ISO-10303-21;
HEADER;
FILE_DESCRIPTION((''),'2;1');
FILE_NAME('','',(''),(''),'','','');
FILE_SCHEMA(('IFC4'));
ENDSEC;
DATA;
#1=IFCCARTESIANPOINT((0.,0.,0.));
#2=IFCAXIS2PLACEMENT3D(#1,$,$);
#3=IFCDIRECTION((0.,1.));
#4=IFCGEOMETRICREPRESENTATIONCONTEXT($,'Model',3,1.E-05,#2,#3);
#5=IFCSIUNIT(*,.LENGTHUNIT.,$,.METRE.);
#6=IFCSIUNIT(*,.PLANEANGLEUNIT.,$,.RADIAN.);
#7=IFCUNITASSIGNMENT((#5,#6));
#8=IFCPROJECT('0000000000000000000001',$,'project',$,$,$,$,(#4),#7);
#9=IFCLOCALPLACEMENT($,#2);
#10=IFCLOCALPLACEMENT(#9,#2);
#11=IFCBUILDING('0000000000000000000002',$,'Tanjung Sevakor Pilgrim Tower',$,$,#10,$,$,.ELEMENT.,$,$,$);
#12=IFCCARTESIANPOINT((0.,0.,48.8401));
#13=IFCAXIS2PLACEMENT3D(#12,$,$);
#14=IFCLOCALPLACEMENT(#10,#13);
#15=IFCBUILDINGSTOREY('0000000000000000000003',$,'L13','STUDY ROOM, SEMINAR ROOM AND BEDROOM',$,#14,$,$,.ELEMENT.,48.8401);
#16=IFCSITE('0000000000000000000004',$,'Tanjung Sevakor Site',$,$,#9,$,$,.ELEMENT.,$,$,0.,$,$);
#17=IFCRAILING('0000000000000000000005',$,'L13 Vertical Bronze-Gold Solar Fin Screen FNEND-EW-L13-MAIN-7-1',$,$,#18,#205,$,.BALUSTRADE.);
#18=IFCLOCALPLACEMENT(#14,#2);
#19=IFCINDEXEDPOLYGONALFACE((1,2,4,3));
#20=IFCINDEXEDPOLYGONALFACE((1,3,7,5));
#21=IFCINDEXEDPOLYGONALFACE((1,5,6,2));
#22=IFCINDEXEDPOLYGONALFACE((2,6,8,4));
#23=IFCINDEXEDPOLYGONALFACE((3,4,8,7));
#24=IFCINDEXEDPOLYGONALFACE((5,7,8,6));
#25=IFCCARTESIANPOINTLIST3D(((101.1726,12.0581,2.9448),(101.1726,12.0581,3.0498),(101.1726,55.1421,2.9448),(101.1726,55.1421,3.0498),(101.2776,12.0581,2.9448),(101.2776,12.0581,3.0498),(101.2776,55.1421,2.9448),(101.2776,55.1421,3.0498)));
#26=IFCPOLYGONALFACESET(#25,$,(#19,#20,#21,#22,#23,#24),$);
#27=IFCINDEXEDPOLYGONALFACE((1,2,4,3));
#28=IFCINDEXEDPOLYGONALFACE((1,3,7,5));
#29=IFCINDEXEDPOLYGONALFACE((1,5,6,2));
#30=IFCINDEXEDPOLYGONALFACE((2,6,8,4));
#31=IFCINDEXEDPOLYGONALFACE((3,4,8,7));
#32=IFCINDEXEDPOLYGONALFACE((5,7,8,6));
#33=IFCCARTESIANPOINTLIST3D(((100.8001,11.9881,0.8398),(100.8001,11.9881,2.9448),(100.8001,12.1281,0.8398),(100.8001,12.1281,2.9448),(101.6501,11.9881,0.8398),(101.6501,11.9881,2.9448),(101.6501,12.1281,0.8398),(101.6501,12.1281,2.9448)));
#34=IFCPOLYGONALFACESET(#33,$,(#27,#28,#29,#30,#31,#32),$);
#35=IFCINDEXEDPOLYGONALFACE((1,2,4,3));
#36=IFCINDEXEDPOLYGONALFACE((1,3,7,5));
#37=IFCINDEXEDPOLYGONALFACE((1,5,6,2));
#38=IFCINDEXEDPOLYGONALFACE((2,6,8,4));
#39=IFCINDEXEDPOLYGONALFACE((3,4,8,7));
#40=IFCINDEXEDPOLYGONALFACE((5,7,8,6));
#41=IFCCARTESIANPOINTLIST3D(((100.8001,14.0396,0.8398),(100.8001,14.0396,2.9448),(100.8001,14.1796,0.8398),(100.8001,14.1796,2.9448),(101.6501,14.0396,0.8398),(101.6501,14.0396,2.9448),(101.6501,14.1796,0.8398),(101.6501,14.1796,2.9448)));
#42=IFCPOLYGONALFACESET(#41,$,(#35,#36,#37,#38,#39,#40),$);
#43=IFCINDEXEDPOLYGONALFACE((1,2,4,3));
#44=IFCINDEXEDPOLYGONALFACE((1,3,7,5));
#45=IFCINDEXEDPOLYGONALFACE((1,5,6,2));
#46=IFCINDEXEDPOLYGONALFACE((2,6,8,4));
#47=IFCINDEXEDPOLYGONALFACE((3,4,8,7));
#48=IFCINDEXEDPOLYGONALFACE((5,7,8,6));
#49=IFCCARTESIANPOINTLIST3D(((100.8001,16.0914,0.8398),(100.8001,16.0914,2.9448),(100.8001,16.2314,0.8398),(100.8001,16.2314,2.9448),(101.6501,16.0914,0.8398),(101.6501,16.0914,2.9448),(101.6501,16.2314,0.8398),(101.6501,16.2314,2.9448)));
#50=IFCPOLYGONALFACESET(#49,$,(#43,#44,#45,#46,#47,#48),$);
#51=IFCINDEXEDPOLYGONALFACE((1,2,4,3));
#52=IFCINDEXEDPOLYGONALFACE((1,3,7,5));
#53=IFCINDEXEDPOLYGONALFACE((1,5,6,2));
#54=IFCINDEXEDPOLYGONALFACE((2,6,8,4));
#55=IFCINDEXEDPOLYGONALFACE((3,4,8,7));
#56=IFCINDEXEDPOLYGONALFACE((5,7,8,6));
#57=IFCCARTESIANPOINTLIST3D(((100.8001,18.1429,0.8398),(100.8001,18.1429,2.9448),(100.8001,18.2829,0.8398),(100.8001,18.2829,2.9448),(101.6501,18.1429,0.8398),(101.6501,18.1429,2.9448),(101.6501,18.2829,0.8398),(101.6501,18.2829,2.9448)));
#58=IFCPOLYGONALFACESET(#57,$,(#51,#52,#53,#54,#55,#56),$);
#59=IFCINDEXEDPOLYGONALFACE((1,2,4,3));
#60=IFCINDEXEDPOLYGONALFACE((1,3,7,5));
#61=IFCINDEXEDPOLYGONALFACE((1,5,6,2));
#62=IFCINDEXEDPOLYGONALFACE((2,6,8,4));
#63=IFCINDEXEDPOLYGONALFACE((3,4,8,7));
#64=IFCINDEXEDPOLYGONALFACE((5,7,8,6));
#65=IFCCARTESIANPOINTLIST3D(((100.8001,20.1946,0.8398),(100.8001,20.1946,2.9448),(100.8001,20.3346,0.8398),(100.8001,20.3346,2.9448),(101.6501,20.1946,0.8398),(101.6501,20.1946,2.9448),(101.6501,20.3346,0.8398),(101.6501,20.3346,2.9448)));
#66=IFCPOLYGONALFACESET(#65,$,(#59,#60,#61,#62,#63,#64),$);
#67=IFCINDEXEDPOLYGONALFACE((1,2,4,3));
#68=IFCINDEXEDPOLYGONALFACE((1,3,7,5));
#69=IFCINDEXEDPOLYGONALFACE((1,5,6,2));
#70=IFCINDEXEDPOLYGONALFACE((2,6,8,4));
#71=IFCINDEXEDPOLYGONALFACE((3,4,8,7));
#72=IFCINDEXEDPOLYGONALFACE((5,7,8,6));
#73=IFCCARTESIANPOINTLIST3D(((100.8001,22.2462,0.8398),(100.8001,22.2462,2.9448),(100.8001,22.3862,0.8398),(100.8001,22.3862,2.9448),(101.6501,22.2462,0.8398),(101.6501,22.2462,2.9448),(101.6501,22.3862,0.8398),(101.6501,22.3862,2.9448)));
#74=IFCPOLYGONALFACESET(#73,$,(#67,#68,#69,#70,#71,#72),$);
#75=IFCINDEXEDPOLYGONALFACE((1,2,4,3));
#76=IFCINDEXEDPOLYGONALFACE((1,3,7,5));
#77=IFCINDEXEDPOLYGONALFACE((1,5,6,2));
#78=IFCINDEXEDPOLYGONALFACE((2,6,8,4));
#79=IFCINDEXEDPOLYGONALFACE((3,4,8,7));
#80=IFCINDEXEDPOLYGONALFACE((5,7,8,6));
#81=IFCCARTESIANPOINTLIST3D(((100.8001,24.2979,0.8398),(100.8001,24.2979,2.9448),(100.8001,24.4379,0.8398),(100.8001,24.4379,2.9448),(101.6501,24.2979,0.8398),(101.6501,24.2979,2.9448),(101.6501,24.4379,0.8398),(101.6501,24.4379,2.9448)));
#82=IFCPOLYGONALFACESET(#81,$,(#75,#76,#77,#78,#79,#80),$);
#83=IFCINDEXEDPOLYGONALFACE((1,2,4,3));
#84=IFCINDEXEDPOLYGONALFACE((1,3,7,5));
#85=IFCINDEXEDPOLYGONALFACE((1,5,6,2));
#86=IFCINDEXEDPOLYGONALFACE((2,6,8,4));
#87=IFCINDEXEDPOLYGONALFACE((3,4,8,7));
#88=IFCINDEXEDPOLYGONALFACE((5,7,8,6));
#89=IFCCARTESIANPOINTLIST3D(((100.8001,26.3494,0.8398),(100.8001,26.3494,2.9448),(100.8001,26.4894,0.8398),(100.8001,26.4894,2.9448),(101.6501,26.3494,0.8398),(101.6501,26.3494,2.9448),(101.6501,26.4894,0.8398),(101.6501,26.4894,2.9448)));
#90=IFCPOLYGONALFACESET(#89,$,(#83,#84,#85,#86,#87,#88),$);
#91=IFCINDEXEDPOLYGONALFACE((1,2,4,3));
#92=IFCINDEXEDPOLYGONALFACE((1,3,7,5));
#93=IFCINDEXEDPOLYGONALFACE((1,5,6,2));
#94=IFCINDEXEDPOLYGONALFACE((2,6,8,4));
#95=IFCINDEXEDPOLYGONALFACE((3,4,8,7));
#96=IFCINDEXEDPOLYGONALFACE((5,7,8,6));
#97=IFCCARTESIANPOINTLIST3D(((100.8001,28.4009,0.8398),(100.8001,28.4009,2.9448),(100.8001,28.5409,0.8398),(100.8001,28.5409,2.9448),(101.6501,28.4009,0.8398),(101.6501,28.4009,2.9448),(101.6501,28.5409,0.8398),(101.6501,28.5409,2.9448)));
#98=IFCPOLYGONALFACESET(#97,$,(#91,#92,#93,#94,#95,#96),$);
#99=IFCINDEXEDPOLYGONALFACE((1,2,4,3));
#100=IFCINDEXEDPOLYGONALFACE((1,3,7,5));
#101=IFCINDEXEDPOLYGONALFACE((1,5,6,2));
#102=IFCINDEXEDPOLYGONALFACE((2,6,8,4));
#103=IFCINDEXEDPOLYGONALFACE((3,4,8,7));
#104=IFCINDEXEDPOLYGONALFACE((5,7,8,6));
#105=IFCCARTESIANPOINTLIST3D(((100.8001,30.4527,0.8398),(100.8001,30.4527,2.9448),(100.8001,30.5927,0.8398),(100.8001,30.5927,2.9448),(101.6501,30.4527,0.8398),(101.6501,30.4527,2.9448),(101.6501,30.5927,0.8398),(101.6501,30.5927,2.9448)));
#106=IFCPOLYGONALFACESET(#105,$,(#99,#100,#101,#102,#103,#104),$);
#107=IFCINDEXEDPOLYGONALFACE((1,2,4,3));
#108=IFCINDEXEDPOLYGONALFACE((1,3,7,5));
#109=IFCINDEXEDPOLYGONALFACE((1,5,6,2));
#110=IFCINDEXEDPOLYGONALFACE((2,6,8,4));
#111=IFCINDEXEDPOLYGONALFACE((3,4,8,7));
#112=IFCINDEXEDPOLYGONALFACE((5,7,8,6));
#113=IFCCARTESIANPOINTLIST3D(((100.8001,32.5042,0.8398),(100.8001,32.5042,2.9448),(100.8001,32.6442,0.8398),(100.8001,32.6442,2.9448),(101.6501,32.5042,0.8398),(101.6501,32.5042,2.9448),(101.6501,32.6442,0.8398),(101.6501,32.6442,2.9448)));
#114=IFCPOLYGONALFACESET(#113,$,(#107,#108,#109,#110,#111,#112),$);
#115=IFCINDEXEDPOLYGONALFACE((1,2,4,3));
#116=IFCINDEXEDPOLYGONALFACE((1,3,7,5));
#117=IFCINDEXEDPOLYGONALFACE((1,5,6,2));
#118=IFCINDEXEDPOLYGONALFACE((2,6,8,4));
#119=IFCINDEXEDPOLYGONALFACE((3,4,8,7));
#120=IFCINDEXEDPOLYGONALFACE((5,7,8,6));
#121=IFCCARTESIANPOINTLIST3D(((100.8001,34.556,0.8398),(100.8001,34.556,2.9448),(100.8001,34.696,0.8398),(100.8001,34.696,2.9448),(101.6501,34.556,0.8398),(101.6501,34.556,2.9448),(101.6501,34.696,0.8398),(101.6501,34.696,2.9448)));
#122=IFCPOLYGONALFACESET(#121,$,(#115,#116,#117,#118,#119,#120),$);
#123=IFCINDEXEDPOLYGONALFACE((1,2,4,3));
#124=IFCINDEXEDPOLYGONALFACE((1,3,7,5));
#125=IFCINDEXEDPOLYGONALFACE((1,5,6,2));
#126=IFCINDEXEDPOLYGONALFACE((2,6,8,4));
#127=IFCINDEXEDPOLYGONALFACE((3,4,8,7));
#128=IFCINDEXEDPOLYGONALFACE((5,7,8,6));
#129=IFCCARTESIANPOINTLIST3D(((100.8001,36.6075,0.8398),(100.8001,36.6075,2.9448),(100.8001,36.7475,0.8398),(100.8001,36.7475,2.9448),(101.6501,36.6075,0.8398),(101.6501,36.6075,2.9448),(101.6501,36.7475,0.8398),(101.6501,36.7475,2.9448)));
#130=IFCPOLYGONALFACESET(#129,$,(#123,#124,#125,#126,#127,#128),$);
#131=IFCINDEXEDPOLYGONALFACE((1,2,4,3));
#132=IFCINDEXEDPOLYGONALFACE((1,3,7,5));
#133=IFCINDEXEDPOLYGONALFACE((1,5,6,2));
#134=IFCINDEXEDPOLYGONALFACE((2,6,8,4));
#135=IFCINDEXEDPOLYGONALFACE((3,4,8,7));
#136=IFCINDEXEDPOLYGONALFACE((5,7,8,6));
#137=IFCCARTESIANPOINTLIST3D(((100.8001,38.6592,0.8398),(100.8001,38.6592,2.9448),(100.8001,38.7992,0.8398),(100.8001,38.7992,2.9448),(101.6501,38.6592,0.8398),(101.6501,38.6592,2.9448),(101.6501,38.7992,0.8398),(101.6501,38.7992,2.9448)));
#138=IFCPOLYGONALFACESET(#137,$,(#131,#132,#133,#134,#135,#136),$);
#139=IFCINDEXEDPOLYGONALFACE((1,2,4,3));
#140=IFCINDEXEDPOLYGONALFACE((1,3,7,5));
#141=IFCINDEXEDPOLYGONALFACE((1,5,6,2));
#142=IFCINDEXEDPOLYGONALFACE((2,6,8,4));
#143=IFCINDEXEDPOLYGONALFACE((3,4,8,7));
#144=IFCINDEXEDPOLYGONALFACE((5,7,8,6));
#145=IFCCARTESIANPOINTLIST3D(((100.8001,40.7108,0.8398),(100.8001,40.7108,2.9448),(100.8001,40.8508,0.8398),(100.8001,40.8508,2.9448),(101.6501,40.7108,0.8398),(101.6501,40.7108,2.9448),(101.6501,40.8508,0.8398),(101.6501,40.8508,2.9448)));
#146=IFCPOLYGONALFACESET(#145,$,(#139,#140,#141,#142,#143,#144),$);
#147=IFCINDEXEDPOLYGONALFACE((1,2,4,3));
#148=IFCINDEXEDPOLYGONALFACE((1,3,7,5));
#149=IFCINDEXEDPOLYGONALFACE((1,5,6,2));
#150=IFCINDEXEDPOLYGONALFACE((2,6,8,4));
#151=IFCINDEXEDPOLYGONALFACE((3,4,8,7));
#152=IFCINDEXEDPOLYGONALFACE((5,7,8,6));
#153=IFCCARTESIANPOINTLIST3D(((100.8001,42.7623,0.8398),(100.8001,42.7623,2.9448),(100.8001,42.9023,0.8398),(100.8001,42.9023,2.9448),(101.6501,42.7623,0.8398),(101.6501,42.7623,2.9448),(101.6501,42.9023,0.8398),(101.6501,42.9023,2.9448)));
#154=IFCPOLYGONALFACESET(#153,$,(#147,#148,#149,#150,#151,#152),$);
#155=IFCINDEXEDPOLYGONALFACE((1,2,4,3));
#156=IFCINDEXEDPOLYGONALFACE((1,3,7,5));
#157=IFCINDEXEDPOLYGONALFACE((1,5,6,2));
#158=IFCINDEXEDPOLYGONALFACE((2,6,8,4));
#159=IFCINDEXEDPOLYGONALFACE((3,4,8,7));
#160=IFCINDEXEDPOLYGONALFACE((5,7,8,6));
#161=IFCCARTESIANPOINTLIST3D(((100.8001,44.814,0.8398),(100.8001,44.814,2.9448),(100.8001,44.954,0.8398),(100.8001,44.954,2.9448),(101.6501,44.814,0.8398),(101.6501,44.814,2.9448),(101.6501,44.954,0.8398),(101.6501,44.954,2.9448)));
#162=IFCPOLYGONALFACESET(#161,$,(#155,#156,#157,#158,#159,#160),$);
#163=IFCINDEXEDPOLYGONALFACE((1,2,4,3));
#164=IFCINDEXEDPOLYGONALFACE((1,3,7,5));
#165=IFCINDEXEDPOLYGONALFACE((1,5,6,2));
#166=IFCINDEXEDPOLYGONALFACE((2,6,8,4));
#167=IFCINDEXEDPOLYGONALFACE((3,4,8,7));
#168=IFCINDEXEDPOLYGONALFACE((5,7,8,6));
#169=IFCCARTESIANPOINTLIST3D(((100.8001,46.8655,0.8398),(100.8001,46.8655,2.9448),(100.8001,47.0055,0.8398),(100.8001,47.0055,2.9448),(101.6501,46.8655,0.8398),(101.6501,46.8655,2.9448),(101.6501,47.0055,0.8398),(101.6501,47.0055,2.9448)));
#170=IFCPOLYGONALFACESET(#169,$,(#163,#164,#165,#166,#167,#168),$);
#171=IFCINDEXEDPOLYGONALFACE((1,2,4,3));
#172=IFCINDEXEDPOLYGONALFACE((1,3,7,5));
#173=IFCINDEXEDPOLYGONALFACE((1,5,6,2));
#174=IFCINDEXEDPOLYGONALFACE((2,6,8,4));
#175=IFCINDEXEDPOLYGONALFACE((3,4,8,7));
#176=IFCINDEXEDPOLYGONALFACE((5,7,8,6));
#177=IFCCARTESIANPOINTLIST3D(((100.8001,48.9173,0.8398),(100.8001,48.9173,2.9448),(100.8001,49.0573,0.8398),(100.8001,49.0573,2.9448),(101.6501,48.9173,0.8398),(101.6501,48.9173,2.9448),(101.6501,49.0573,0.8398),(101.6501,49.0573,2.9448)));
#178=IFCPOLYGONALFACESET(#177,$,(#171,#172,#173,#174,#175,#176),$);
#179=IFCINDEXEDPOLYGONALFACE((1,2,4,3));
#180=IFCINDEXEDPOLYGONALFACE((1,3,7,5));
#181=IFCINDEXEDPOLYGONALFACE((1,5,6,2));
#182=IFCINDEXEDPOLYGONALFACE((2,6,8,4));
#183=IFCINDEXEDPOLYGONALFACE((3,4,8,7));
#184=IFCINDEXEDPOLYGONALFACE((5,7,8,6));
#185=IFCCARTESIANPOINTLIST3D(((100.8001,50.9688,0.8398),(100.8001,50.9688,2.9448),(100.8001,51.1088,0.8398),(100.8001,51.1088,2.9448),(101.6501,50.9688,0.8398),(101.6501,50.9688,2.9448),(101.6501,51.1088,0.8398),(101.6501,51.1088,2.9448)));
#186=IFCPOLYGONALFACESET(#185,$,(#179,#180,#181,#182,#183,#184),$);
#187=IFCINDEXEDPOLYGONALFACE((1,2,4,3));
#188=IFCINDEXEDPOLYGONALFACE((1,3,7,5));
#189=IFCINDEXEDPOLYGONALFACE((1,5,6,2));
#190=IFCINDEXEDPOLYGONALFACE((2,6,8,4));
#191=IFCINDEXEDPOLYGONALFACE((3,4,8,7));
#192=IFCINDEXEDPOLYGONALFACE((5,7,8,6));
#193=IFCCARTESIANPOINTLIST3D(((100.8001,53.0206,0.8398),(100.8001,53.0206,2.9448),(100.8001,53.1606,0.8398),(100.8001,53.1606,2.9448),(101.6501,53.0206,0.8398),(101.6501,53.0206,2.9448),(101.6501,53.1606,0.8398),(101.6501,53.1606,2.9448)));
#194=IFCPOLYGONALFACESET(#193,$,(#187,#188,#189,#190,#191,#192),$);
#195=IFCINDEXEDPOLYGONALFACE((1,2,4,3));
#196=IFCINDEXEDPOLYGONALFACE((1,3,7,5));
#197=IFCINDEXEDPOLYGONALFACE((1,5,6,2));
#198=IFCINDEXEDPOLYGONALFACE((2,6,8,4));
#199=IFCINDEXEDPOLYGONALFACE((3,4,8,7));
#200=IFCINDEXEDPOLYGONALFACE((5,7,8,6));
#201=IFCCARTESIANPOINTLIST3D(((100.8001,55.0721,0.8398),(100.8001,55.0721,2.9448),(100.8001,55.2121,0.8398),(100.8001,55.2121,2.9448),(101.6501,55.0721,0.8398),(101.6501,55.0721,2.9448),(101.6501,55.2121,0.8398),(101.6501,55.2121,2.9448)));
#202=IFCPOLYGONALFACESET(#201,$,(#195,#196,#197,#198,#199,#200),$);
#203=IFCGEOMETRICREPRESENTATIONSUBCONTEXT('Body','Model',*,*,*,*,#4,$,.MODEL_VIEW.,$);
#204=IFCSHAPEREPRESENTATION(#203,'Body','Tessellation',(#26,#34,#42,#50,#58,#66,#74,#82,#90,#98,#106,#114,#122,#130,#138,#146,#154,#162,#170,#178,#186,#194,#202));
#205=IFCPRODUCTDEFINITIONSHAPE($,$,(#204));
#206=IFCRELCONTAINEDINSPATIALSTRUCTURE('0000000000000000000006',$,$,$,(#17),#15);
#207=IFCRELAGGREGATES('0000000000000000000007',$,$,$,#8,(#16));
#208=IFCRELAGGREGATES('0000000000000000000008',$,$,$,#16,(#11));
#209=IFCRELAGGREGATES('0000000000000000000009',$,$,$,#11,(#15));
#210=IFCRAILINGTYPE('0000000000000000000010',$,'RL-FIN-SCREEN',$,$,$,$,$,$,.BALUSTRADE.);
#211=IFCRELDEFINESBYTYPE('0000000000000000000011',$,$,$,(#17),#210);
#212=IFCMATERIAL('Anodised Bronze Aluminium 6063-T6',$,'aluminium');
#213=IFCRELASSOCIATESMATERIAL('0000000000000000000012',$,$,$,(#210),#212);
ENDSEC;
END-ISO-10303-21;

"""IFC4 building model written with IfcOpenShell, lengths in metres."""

from ifc_helpers import new_model, si_unit, direction, frame, origin, place, context, subcontext, project, spatial, rectangle, extrude, material, type_object, element, save


model = new_model("IFC4")

# Units and contexts
model_context = context("Model", 3, precision=1e-05, world=origin(), true_north=direction((0.0, 1.0)))
body_context = subcontext(model_context, "Body", "Model", "MODEL_VIEW")
ifc_project = project(units=[si_unit("LENGTHUNIT", "METRE"), si_unit("PLANEANGLEUNIT", "RADIAN")], contexts=[model_context])

# Site, building, storey
site_placement = place(None, origin())
site = spatial("IfcSite", under=ifc_project, at=site_placement, Name="Tanjung Sevakor Site", CompositionType="ELEMENT", RefElevation=0.0)
building_placement = place(site_placement, origin())
building = spatial("IfcBuilding", under=site, at=building_placement, Name="Tanjung Sevakor Pilgrim Tower", CompositionType="ELEMENT")
storey_placement = place(building_placement, frame((0.0, 0.0, 48.8401)))
storey = spatial("IfcBuildingStorey", under=building, at=storey_placement, Name="L13", Description="STUDY ROOM, SEMINAR ROOM AND BEDROOM", CompositionType="ELEMENT", Elevation=48.8401)

# Railing
ifc_material_1 = material(Name="Anodised Bronze Aluminium 6063-T6", Category="aluminium")
railing_type = type_object("IfcRailingType", Name="RL-FIN-SCREEN", PredefinedType="BALUSTRADE", material=ifc_material_1)
railing_placement = place(storey_placement, frame((101.2251, 12.0581, 0.8398)))
element("IfcRailing", 1, at=railing_placement, inside=storey, type_object=railing_type, Name="L13 Vertical Bronze-Gold Solar Fin Screen FNEND-EW-L13-MAIN-7-1", PredefinedType="BALUSTRADE", context=body_context, shape_type="SweptSolid", body=[
    extrude(rectangle(XDim=0.105, YDim=0.105), frame((0.0, 0.0, 2.1575), z_axis=(0.0, 1.0, 0.0), x_axis=(-1.0, 0.0, 0.0)), (0.0, 0.0, 1.0), 43.084),
    extrude(rectangle(XDim=0.85, YDim=0.14), origin(), (0.0, 0.0, 1.0), 2.105),
    extrude(rectangle(XDim=0.85, YDim=0.14), frame((0.0, 2.0515, 0.0)), (0.0, 0.0, 1.0), 2.105),
    extrude(rectangle(XDim=0.85, YDim=0.14), frame((0.0, 4.1033, 0.0)), (0.0, 0.0, 1.0), 2.105),
    extrude(rectangle(XDim=0.85, YDim=0.14), frame((0.0, 6.1548, 0.0)), (0.0, 0.0, 1.0), 2.105),
    extrude(rectangle(XDim=0.85, YDim=0.14), frame((0.0, 8.2065, 0.0)), (0.0, 0.0, 1.0), 2.105),
    extrude(rectangle(XDim=0.85, YDim=0.14), frame((0.0, 10.2581, 0.0)), (0.0, 0.0, 1.0), 2.105),
    extrude(rectangle(XDim=0.85, YDim=0.14), frame((0.0, 12.3098, 0.0)), (0.0, 0.0, 1.0), 2.105),
    extrude(rectangle(XDim=0.85, YDim=0.14), frame((0.0, 14.3613, 0.0)), (0.0, 0.0, 1.0), 2.105),
    extrude(rectangle(XDim=0.85, YDim=0.14), frame((0.0, 16.4128, 0.0)), (0.0, 0.0, 1.0), 2.105),
    extrude(rectangle(XDim=0.85, YDim=0.14), frame((0.0, 18.4646, 0.0)), (0.0, 0.0, 1.0), 2.105),
    extrude(rectangle(XDim=0.85, YDim=0.14), frame((0.0, 20.5161, 0.0)), (0.0, 0.0, 1.0), 2.105),
    extrude(rectangle(XDim=0.85, YDim=0.14), frame((0.0, 22.5679, 0.0)), (0.0, 0.0, 1.0), 2.105),
    extrude(rectangle(XDim=0.85, YDim=0.14), frame((0.0, 24.6194, 0.0)), (0.0, 0.0, 1.0), 2.105),
    extrude(rectangle(XDim=0.85, YDim=0.14), frame((0.0, 26.6711, 0.0)), (0.0, 0.0, 1.0), 2.105),
    extrude(rectangle(XDim=0.85, YDim=0.14), frame((0.0, 28.7227, 0.0)), (0.0, 0.0, 1.0), 2.105),
    extrude(rectangle(XDim=0.85, YDim=0.14), frame((0.0, 30.7742, 0.0)), (0.0, 0.0, 1.0), 2.105),
    extrude(rectangle(XDim=0.85, YDim=0.14), frame((0.0, 32.8259, 0.0)), (0.0, 0.0, 1.0), 2.105),
    extrude(rectangle(XDim=0.85, YDim=0.14), frame((0.0, 34.8774, 0.0)), (0.0, 0.0, 1.0), 2.105),
    extrude(rectangle(XDim=0.85, YDim=0.14), frame((0.0, 36.9292, 0.0)), (0.0, 0.0, 1.0), 2.105),
    extrude(rectangle(XDim=0.85, YDim=0.14), frame((0.0, 38.9807, 0.0)), (0.0, 0.0, 1.0), 2.105),
    extrude(rectangle(XDim=0.85, YDim=0.14), frame((0.0, 41.0325, 0.0)), (0.0, 0.0, 1.0), 2.105),
    extrude(rectangle(XDim=0.85, YDim=0.14), frame((0.0, 43.084, 0.0)), (0.0, 0.0, 1.0), 2.105),
])

save(model, "model.ifc")
